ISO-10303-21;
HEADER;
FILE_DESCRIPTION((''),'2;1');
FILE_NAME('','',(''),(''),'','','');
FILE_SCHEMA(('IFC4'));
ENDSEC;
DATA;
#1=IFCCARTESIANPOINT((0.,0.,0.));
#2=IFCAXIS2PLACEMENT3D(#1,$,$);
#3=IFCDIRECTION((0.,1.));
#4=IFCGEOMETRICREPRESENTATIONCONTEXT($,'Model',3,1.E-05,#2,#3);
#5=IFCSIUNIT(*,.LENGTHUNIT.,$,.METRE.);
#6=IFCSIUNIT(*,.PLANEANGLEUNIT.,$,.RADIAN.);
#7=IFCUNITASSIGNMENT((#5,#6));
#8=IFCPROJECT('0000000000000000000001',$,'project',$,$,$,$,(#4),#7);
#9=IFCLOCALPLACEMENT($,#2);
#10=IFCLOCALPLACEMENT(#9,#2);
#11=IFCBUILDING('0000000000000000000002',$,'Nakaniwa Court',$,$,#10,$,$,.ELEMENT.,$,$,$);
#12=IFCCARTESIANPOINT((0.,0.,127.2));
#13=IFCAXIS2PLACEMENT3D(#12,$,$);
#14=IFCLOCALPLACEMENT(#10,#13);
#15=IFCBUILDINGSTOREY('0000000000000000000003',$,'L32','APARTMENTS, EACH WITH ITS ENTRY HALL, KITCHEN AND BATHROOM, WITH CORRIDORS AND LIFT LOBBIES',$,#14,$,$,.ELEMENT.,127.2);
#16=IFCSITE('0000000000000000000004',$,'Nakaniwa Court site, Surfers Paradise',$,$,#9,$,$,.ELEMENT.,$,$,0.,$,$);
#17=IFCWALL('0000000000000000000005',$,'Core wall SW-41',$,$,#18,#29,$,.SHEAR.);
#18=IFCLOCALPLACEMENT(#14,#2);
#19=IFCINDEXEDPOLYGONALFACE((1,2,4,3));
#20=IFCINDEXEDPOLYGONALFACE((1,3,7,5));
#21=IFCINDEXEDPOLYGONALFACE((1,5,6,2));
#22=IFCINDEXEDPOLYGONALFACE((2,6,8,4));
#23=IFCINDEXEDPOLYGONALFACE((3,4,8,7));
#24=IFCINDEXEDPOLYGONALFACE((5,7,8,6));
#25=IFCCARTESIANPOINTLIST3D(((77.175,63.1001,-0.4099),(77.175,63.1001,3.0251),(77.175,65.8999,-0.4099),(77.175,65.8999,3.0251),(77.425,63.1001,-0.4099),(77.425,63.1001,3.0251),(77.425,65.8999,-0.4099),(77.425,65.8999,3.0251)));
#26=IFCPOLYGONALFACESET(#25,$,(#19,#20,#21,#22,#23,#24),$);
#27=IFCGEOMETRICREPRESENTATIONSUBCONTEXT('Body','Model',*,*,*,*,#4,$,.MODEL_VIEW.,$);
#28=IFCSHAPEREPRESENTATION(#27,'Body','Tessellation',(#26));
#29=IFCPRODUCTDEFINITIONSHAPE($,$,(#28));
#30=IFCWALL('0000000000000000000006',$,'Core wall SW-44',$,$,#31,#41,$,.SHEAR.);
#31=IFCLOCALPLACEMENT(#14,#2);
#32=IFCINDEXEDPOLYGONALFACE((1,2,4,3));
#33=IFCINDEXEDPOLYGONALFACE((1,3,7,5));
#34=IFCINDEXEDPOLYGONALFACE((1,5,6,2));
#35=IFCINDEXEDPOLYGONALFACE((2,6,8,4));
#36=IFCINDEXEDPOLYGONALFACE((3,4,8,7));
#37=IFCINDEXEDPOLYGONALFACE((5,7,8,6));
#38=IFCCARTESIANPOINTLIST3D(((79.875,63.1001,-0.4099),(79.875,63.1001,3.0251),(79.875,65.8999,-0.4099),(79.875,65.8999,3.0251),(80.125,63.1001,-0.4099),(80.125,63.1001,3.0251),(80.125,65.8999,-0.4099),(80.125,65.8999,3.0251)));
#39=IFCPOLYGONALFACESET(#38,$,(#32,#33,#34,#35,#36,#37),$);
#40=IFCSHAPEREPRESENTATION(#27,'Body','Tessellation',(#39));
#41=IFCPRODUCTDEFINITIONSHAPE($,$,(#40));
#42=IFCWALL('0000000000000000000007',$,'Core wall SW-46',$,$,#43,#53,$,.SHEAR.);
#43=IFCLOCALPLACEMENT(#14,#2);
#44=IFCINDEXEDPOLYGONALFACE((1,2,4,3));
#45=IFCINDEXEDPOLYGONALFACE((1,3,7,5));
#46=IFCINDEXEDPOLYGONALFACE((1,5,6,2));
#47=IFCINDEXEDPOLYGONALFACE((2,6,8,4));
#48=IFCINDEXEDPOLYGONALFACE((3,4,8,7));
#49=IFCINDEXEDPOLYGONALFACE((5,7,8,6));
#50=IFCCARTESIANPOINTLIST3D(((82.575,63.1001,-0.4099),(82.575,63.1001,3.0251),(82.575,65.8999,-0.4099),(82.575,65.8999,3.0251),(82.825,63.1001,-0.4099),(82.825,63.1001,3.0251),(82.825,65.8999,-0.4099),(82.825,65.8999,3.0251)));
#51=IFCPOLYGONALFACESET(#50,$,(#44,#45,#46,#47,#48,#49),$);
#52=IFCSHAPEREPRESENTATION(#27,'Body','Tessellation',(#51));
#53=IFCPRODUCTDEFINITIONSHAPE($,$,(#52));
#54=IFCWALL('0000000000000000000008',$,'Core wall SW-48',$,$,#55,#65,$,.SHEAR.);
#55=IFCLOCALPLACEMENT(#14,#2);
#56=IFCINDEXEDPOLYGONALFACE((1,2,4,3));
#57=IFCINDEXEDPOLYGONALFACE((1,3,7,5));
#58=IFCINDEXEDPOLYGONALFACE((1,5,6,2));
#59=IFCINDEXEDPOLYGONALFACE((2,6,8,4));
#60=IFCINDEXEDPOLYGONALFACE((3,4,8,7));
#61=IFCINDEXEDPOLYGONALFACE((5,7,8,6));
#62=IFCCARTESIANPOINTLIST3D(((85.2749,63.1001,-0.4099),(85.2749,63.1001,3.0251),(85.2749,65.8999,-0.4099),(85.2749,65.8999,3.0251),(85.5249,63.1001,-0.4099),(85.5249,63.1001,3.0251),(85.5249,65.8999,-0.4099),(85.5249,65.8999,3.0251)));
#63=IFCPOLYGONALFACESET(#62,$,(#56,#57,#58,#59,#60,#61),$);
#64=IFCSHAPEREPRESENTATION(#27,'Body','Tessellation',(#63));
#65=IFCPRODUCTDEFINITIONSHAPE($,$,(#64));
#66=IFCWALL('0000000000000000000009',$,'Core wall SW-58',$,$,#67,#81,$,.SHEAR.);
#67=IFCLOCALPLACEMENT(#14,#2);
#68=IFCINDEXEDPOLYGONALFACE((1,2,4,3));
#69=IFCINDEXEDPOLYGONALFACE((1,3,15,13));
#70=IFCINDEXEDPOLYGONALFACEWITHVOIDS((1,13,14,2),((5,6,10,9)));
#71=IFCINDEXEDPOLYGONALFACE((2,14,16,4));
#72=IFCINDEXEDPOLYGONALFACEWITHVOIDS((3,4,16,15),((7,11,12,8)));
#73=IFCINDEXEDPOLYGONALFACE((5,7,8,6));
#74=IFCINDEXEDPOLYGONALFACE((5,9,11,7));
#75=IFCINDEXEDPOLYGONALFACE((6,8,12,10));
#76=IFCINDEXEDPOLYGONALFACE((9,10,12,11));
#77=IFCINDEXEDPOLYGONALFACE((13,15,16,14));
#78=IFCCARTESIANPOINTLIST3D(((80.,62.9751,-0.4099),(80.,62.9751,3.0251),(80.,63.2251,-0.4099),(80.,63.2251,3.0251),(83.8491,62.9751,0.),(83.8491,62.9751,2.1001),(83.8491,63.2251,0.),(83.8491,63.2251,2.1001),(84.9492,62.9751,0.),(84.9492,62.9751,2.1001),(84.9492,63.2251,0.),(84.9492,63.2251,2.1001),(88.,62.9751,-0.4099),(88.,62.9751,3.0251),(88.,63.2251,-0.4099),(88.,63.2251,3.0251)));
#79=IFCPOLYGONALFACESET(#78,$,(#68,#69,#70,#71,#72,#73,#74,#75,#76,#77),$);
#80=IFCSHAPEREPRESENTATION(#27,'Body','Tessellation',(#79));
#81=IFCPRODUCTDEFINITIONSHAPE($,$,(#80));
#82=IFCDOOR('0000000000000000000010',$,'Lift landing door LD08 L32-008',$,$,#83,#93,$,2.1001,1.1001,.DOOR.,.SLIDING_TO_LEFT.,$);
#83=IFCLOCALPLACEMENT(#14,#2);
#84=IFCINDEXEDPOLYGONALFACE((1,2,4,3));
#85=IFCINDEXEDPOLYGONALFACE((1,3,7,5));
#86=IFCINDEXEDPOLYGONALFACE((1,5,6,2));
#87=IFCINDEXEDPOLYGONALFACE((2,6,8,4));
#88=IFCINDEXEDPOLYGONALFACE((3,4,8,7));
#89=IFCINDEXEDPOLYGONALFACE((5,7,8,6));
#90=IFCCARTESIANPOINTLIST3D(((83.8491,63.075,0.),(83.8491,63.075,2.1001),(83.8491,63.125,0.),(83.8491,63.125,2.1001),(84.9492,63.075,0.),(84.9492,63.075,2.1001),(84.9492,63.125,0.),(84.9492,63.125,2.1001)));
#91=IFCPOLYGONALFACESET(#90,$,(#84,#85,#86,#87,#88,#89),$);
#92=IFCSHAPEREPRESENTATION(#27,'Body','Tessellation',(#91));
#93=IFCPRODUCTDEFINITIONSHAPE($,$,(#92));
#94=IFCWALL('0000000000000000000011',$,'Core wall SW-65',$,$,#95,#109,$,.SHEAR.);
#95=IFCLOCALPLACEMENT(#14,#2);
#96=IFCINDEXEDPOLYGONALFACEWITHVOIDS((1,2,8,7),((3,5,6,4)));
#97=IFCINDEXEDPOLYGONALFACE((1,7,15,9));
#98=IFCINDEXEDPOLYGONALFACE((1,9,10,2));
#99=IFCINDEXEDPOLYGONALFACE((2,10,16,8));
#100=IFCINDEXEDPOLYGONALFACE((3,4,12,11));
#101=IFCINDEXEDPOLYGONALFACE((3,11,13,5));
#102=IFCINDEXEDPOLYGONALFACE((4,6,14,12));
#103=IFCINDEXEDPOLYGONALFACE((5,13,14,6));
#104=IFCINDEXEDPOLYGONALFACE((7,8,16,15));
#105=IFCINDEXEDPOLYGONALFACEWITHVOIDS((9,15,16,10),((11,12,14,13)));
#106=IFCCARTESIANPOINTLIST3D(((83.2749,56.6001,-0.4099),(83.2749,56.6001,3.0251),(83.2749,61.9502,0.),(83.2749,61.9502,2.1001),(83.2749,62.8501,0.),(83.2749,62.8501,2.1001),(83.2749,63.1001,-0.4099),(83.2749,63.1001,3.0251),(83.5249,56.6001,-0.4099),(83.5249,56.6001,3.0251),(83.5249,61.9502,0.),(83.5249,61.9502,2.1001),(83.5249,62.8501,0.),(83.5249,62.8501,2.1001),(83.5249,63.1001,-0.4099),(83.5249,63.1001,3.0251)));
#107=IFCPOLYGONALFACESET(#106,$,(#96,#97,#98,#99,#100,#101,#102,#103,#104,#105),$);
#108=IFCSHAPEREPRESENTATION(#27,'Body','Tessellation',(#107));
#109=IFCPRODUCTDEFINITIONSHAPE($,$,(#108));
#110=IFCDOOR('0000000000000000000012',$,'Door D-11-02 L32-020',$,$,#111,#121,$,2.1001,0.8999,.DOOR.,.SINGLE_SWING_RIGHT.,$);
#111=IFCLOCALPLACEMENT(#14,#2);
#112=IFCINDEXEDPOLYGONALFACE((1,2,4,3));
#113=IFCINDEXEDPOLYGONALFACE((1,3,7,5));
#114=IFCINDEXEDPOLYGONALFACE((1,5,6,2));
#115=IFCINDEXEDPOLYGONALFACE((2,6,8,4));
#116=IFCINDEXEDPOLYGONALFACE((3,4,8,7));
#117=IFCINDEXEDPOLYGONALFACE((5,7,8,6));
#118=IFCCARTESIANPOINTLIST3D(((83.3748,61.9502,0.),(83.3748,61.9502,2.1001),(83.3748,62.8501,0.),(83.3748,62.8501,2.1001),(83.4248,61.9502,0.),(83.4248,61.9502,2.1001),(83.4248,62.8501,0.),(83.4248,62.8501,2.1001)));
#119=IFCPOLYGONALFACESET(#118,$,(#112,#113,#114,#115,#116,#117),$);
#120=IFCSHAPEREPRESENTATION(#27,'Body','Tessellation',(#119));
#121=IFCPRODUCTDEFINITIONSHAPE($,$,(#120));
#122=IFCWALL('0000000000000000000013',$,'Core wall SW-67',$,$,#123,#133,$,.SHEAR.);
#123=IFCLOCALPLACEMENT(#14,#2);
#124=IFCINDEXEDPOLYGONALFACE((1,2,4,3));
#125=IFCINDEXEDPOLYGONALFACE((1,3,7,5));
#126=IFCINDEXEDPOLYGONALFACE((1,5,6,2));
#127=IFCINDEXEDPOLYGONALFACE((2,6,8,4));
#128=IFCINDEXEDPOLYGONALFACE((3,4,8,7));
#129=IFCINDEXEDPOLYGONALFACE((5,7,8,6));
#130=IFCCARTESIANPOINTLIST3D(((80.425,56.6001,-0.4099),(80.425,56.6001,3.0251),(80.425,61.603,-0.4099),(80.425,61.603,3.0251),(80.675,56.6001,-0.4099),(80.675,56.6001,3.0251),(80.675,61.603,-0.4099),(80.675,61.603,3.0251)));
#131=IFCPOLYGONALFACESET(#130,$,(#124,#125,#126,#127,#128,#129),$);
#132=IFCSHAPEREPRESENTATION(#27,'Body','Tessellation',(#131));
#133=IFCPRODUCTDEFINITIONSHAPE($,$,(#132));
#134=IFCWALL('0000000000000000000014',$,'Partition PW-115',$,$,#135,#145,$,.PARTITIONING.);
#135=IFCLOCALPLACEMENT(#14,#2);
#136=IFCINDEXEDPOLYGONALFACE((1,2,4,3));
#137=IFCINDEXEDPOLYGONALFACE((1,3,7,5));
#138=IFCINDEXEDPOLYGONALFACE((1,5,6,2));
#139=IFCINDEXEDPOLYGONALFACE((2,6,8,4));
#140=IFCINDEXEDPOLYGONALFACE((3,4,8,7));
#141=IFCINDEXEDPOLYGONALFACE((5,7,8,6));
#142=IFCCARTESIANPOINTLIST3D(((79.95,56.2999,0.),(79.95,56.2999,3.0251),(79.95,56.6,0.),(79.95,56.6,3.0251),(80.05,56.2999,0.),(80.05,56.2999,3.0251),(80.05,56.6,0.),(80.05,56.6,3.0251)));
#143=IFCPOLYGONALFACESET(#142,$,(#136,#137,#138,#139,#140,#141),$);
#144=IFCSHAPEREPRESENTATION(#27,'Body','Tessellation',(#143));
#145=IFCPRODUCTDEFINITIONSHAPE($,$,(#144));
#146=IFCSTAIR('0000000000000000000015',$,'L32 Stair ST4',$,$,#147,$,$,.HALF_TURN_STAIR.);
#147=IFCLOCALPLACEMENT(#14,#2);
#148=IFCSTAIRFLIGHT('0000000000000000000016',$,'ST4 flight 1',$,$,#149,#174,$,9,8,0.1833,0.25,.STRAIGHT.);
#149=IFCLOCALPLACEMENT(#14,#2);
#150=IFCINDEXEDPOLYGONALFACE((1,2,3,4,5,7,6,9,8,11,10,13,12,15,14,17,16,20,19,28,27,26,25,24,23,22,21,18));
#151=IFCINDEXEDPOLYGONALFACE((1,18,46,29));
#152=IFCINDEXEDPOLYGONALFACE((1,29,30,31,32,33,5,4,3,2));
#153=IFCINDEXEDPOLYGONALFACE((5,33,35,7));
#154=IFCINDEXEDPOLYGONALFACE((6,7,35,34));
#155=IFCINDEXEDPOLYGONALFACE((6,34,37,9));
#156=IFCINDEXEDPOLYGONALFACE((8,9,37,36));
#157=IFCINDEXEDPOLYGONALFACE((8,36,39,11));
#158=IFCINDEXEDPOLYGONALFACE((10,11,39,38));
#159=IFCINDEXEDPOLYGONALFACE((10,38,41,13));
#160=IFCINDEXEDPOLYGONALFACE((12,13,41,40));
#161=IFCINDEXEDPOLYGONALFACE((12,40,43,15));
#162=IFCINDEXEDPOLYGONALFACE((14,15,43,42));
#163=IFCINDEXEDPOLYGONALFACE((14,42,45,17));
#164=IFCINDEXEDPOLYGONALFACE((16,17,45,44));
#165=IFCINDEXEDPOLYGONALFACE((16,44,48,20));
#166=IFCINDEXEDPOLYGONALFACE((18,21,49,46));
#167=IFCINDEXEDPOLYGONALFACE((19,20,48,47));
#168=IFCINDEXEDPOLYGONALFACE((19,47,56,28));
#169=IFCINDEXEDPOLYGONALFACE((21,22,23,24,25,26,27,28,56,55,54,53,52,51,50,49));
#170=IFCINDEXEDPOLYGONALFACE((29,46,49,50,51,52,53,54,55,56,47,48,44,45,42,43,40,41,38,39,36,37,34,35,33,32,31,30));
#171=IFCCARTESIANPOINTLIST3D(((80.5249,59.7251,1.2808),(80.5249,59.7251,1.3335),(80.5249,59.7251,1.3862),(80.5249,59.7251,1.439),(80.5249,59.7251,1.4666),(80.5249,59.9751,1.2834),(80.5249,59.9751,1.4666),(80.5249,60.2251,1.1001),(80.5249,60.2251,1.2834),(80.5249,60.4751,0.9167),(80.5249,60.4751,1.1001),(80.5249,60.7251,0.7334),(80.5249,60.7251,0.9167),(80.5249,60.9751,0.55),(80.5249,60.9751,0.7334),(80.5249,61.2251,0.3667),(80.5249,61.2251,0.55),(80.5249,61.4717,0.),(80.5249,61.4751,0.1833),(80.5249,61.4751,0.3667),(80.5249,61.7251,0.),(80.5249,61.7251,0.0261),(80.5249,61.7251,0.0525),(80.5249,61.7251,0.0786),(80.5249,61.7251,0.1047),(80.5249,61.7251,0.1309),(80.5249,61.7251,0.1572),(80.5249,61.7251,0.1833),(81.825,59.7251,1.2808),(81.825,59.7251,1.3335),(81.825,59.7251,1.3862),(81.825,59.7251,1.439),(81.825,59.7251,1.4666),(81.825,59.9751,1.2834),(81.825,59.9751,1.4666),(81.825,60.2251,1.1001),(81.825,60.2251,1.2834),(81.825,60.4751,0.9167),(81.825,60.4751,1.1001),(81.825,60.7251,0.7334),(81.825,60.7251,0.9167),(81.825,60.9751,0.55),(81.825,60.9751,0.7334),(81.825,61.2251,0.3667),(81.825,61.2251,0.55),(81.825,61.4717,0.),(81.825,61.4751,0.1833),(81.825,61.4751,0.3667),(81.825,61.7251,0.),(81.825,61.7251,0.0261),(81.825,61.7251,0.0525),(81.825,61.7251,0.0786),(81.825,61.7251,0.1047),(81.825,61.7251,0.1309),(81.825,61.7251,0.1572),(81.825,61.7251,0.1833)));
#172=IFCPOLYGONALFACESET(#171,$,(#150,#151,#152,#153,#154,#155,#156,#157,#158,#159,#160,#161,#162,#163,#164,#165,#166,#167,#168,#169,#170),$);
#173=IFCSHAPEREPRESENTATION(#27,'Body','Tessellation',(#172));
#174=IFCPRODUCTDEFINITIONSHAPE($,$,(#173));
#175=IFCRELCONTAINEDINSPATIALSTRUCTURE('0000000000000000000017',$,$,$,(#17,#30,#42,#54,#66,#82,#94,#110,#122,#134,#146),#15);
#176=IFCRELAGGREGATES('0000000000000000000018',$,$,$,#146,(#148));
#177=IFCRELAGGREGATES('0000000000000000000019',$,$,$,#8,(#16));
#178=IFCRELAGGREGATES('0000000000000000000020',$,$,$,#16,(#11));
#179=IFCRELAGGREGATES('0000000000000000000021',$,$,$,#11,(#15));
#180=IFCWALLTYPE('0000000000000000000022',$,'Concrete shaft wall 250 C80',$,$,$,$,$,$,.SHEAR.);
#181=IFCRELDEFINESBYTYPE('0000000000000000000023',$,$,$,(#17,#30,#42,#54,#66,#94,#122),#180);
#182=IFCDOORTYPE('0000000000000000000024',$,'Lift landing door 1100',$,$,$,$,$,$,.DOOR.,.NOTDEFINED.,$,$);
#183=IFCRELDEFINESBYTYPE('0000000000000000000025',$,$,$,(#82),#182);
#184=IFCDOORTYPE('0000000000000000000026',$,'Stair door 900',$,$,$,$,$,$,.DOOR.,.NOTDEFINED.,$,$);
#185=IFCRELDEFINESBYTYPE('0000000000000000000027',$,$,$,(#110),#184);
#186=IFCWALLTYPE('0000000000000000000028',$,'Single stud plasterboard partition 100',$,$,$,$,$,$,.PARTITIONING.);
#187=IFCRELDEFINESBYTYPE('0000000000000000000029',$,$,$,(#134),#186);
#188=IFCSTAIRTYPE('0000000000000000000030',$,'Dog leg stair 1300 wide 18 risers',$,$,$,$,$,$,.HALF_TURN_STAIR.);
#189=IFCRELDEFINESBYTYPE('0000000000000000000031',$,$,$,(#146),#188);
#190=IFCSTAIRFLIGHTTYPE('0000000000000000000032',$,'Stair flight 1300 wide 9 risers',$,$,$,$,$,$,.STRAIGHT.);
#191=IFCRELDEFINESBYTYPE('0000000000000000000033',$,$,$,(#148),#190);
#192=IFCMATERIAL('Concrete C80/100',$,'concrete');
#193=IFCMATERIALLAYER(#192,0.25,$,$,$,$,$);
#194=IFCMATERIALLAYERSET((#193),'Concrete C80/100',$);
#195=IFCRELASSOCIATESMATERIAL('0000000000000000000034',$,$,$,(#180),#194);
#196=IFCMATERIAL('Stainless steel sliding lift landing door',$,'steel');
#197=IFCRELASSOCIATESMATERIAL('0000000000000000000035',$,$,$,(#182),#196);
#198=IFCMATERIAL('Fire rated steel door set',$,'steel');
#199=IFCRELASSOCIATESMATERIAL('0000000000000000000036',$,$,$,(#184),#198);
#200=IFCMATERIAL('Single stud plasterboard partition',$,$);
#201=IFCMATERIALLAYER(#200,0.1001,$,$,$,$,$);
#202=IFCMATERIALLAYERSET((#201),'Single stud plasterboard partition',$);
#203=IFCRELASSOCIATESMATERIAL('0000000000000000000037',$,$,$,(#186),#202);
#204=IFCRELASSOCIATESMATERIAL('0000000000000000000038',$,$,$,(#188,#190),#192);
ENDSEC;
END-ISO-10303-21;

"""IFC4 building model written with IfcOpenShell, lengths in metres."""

from ifc_helpers import new_model, si_unit, direction, frame, frame_2d, origin, place, context, subcontext, project, spatial, polyline, rectangle, outline, extrude, material, layer, layer_set, type_object, element, fill, aggregate, save


model = new_model("IFC4")

# Units and contexts
model_context = context("Model", 3, precision=1e-05, world=origin(), true_north=direction((0.0, 1.0)))
body_context = subcontext(model_context, "Body", "Model", "MODEL_VIEW")
ifc_project = project(units=[si_unit("LENGTHUNIT", "METRE"), si_unit("PLANEANGLEUNIT", "RADIAN")], contexts=[model_context])

# Site, building, storey
site_placement = place(None, origin())
site = spatial("IfcSite", under=ifc_project, at=site_placement, Name="Nakaniwa Court site, Surfers Paradise", CompositionType="ELEMENT", RefElevation=0.0)
building_placement = place(site_placement, origin())
building = spatial("IfcBuilding", under=site, at=building_placement, Name="Nakaniwa Court", CompositionType="ELEMENT")
storey_placement = place(building_placement, frame((0.0, 0.0, 127.2)))
storey = spatial("IfcBuildingStorey", under=building, at=storey_placement, Name="L32", Description="APARTMENTS, EACH WITH ITS ENTRY HALL, KITCHEN AND BATHROOM, WITH CORRIDORS AND LIFT LOBBIES", CompositionType="ELEMENT", Elevation=127.2)

# Shared definitions
ifc_material_1 = material(Name="Fire rated steel door set", Category="steel")

# Walls
ifc_material_2 = material(Name="Concrete C80/100", Category="concrete")
ifc_layer_1 = layer(ifc_material_2, 0.25)
ifc_layer_set_1 = layer_set([ifc_layer_1], Name="Concrete C80/100")
wall_type_1 = type_object("IfcWallType", Name="Concrete shaft wall 250 C80", PredefinedType="SHEAR", material=ifc_layer_set_1)
for number, where, z_axis, x_axis, name in (
    (1, (77.3, 63.1001, -0.4099), (0.0, 0.0, 1.0), (0.0, 1.0, 0.0), "Core wall SW-41"),
    (2, (80.0, 63.1001, -0.4099), (0.0, 0.0, 1.0), (0.0, 1.0, 0.0), "Core wall SW-44"),
    (3, (82.7, 63.1001, -0.4099), (0.0, 0.0, 1.0), (0.0, 1.0, 0.0), "Core wall SW-46"),
    (4, (85.3999, 63.1001, -0.4099), (0.0, 0.0, 1.0), (0.0, 1.0, 0.0), "Core wall SW-48"),
):
    element("IfcWall", number, at=place(storey_placement, frame(where, z_axis=z_axis, x_axis=x_axis)), inside=storey, type_object=wall_type_1, Name=name, PredefinedType="SHEAR", context=body_context, shape_type="SweptSolid", body=[
        extrude(rectangle(XDim=2.7998, YDim=0.25, at=frame_2d((1.3999, 0.0))), origin(), (0.0, 0.0, 1.0), 3.4351),
    ])

# Walls, openings, doors
wall_1_placement = place(storey_placement, frame((80.0, 63.1001, -0.4099), z_axis=(0.0, 0.0, 1.0), x_axis=(1.0, 0.0, 0.0)))
wall_1 = element("IfcWall", 5, at=wall_1_placement, inside=storey, type_object=wall_type_1, Name="Core wall SW-58", PredefinedType="SHEAR", context=body_context, shape_type="SweptSolid", body=[
    extrude(rectangle(XDim=8.0, YDim=0.25, at=frame_2d((4.0, 0.0))), origin(), (0.0, 0.0, 1.0), 3.4351),
])
opening_1_placement = place(wall_1_placement, frame((3.8491, 0.0, 0.4099)))
opening_1 = element("IfcOpeningElement", 6, at=opening_1_placement, cuts=wall_1, PredefinedType="OPENING", context=body_context, shape_type="SweptSolid", body=[
    extrude(rectangle(XDim=1.1001, YDim=2.1001, at=frame_2d((0.55, 1.05))), frame((0.0, 0.135, 0.0), z_axis=(0.0, -1.0, 0.0), x_axis=(1.0, 0.0, 0.0)), (0.0, 0.0, 1.0), 0.27),
])
ifc_material_3 = material(Name="Stainless steel sliding lift landing door", Category="steel")
door_type_1 = type_object("IfcDoorType", Name="Lift landing door 1100", OperationType="NOTDEFINED", PredefinedType="DOOR", material=ifc_material_3)
door_1_placement = place(opening_1_placement, origin())
door_1 = element("IfcDoor", 7, at=door_1_placement, inside=storey, type_object=door_type_1, Name="Lift landing door LD08 L32-008", OperationType="SLIDING_TO_LEFT", OverallHeight=2.1001, OverallWidth=1.1001, PredefinedType="DOOR", context=body_context, shape_type="SweptSolid", body=[
    extrude(rectangle(XDim=1.1001, YDim=2.1001, at=frame_2d((0.55, 1.05))), frame((0.0, 0.0249, 0.0), z_axis=(0.0, -1.0, 0.0), x_axis=(1.0, 0.0, 0.0)), (0.0, 0.0, 1.0), 0.05),
])
fill(opening_1, door_1)
wall_2_placement = place(storey_placement, frame((83.3999, 63.1001, -0.4099), z_axis=(0.0, 0.0, 1.0), x_axis=(0.0, -1.0, 0.0)))
wall_2 = element("IfcWall", 8, at=wall_2_placement, inside=storey, type_object=wall_type_1, Name="Core wall SW-65", PredefinedType="SHEAR", context=body_context, shape_type="SweptSolid", body=[
    extrude(rectangle(XDim=6.5, YDim=0.25, at=frame_2d((3.25, 0.0))), origin(), (0.0, 0.0, 1.0), 3.4351),
])
opening_2_placement = place(wall_2_placement, frame((0.25, 0.0, 0.4099)))
opening_2 = element("IfcOpeningElement", 9, at=opening_2_placement, cuts=wall_2, PredefinedType="OPENING", context=body_context, shape_type="SweptSolid", body=[
    extrude(rectangle(XDim=0.8999, YDim=2.1001, at=frame_2d((0.45, 1.05))), frame((0.0, 0.135, 0.0), z_axis=(0.0, -1.0, 0.0), x_axis=(1.0, 0.0, 0.0)), (0.0, 0.0, 1.0), 0.27),
])
door_type_2 = type_object("IfcDoorType", Name="Stair door 900", OperationType="NOTDEFINED", PredefinedType="DOOR", material=ifc_material_1)
door_2_placement = place(opening_2_placement, origin())
door_2 = element("IfcDoor", 10, at=door_2_placement, inside=storey, type_object=door_type_2, Name="Door D-11-02 L32-020", OperationType="SINGLE_SWING_RIGHT", OverallHeight=2.1001, OverallWidth=0.8999, PredefinedType="DOOR", context=body_context, shape_type="SweptSolid", body=[
    extrude(rectangle(XDim=0.8999, YDim=2.1001, at=frame_2d((0.45, 1.05))), frame((0.0, 0.0249, 0.0), z_axis=(0.0, -1.0, 0.0), x_axis=(1.0, 0.0, 0.0)), (0.0, 0.0, 1.0), 0.05),
])
fill(opening_2, door_2)

# Walls
wall_3_placement = place(storey_placement, frame((80.55, 56.6001, -0.4099), z_axis=(0.0, 0.0, 1.0), x_axis=(0.0, 1.0, 0.0)))
element("IfcWall", 11, at=wall_3_placement, inside=storey, type_object=wall_type_1, Name="Core wall SW-67", PredefinedType="SHEAR", context=body_context, shape_type="SweptSolid", body=[
    extrude(rectangle(XDim=5.0029, YDim=0.25, at=frame_2d((2.5015, 0.0))), origin(), (0.0, 0.0, 1.0), 3.4351),
])
ifc_material_4 = material(Name="Single stud plasterboard partition")
ifc_layer_2 = layer(ifc_material_4, 0.1001)
ifc_layer_set_2 = layer_set([ifc_layer_2], Name="Single stud plasterboard partition")
wall_type_2 = type_object("IfcWallType", Name="Single stud plasterboard partition 100", PredefinedType="PARTITIONING", material=ifc_layer_set_2)
wall_4_placement = place(storey_placement, frame((80.0, 56.3, 0.0), z_axis=(0.0, 0.0, 1.0), x_axis=(0.0, 1.0, 0.0)))
element("IfcWall", 12, at=wall_4_placement, inside=storey, type_object=wall_type_2, Name="Partition PW-115", PredefinedType="PARTITIONING", context=body_context, shape_type="SweptSolid", body=[
    extrude(rectangle(XDim=0.3, YDim=0.1001, at=frame_2d((0.1499, 0.0))), origin(), (0.0, 0.0, 1.0), 3.0251),
])

# Stair, stair flight
stair_type = type_object("IfcStairType", Name="Dog leg stair 1300 wide 18 risers", PredefinedType="HALF_TURN_STAIR", material=ifc_material_2)
stair_placement = place(storey_placement, origin())
stair = element("IfcStair", 13, at=stair_placement, inside=storey, type_object=stair_type, Name="L32 Stair ST4", PredefinedType="HALF_TURN_STAIR")
stair_flight_type = type_object("IfcStairFlightType", Name="Stair flight 1300 wide 9 risers", PredefinedType="STRAIGHT", material=ifc_material_2)
stair_flight_1_placement = place(storey_placement, frame((81.175, 61.7251, 0.0), z_axis=(0.0, 0.0, 1.0), x_axis=(0.0, -1.0, 0.0)))
stair_flight_1 = element("IfcStairFlight", 14, at=stair_flight_1_placement, type_object=stair_flight_type, Name="ST4 flight 1", NumberOfRisers=9, NumberOfTreads=8, PredefinedType="STRAIGHT", RiserHeight=0.1833, TreadLength=0.25, context=body_context, shape_type="SweptSolid", body=[
    extrude(outline(polyline([(0.0, 0.0), (0.0, 0.0261), (0.0, 0.0525), (0.0, 0.0786), (0.0, 0.1047), (0.0, 0.1309), (0.0, 0.1572), (0.0, 0.1833), (0.25, 0.1833), (0.25, 0.3667), (0.5, 0.3667), (0.5, 0.55), (0.75, 0.55), (0.75, 0.7334), (1.0, 0.7334), (1.0, 0.9167), (1.25, 0.9167), (1.25, 1.1001), (1.5, 1.1001), (1.5, 1.2834), (1.75, 1.2834), (1.75, 1.4666), (2.0, 1.4666), (2.0, 1.6499), (2.0, 1.5972), (2.0, 1.5444), (2.0, 1.4917), (2.0, 1.439), (2.0, 1.3862), (2.0, 1.3335), (2.0, 1.2808), (0.2534, 0.0), (0.0, 0.0)])), frame((0.0, 0.6499, 0.0), z_axis=(0.0, -1.0, 0.0), x_axis=(1.0, 0.0, 0.0)), (0.0, 0.0, 1.0), 1.3),
])
aggregate(stair, [stair_flight_1])

save(model, "model.ifc")
